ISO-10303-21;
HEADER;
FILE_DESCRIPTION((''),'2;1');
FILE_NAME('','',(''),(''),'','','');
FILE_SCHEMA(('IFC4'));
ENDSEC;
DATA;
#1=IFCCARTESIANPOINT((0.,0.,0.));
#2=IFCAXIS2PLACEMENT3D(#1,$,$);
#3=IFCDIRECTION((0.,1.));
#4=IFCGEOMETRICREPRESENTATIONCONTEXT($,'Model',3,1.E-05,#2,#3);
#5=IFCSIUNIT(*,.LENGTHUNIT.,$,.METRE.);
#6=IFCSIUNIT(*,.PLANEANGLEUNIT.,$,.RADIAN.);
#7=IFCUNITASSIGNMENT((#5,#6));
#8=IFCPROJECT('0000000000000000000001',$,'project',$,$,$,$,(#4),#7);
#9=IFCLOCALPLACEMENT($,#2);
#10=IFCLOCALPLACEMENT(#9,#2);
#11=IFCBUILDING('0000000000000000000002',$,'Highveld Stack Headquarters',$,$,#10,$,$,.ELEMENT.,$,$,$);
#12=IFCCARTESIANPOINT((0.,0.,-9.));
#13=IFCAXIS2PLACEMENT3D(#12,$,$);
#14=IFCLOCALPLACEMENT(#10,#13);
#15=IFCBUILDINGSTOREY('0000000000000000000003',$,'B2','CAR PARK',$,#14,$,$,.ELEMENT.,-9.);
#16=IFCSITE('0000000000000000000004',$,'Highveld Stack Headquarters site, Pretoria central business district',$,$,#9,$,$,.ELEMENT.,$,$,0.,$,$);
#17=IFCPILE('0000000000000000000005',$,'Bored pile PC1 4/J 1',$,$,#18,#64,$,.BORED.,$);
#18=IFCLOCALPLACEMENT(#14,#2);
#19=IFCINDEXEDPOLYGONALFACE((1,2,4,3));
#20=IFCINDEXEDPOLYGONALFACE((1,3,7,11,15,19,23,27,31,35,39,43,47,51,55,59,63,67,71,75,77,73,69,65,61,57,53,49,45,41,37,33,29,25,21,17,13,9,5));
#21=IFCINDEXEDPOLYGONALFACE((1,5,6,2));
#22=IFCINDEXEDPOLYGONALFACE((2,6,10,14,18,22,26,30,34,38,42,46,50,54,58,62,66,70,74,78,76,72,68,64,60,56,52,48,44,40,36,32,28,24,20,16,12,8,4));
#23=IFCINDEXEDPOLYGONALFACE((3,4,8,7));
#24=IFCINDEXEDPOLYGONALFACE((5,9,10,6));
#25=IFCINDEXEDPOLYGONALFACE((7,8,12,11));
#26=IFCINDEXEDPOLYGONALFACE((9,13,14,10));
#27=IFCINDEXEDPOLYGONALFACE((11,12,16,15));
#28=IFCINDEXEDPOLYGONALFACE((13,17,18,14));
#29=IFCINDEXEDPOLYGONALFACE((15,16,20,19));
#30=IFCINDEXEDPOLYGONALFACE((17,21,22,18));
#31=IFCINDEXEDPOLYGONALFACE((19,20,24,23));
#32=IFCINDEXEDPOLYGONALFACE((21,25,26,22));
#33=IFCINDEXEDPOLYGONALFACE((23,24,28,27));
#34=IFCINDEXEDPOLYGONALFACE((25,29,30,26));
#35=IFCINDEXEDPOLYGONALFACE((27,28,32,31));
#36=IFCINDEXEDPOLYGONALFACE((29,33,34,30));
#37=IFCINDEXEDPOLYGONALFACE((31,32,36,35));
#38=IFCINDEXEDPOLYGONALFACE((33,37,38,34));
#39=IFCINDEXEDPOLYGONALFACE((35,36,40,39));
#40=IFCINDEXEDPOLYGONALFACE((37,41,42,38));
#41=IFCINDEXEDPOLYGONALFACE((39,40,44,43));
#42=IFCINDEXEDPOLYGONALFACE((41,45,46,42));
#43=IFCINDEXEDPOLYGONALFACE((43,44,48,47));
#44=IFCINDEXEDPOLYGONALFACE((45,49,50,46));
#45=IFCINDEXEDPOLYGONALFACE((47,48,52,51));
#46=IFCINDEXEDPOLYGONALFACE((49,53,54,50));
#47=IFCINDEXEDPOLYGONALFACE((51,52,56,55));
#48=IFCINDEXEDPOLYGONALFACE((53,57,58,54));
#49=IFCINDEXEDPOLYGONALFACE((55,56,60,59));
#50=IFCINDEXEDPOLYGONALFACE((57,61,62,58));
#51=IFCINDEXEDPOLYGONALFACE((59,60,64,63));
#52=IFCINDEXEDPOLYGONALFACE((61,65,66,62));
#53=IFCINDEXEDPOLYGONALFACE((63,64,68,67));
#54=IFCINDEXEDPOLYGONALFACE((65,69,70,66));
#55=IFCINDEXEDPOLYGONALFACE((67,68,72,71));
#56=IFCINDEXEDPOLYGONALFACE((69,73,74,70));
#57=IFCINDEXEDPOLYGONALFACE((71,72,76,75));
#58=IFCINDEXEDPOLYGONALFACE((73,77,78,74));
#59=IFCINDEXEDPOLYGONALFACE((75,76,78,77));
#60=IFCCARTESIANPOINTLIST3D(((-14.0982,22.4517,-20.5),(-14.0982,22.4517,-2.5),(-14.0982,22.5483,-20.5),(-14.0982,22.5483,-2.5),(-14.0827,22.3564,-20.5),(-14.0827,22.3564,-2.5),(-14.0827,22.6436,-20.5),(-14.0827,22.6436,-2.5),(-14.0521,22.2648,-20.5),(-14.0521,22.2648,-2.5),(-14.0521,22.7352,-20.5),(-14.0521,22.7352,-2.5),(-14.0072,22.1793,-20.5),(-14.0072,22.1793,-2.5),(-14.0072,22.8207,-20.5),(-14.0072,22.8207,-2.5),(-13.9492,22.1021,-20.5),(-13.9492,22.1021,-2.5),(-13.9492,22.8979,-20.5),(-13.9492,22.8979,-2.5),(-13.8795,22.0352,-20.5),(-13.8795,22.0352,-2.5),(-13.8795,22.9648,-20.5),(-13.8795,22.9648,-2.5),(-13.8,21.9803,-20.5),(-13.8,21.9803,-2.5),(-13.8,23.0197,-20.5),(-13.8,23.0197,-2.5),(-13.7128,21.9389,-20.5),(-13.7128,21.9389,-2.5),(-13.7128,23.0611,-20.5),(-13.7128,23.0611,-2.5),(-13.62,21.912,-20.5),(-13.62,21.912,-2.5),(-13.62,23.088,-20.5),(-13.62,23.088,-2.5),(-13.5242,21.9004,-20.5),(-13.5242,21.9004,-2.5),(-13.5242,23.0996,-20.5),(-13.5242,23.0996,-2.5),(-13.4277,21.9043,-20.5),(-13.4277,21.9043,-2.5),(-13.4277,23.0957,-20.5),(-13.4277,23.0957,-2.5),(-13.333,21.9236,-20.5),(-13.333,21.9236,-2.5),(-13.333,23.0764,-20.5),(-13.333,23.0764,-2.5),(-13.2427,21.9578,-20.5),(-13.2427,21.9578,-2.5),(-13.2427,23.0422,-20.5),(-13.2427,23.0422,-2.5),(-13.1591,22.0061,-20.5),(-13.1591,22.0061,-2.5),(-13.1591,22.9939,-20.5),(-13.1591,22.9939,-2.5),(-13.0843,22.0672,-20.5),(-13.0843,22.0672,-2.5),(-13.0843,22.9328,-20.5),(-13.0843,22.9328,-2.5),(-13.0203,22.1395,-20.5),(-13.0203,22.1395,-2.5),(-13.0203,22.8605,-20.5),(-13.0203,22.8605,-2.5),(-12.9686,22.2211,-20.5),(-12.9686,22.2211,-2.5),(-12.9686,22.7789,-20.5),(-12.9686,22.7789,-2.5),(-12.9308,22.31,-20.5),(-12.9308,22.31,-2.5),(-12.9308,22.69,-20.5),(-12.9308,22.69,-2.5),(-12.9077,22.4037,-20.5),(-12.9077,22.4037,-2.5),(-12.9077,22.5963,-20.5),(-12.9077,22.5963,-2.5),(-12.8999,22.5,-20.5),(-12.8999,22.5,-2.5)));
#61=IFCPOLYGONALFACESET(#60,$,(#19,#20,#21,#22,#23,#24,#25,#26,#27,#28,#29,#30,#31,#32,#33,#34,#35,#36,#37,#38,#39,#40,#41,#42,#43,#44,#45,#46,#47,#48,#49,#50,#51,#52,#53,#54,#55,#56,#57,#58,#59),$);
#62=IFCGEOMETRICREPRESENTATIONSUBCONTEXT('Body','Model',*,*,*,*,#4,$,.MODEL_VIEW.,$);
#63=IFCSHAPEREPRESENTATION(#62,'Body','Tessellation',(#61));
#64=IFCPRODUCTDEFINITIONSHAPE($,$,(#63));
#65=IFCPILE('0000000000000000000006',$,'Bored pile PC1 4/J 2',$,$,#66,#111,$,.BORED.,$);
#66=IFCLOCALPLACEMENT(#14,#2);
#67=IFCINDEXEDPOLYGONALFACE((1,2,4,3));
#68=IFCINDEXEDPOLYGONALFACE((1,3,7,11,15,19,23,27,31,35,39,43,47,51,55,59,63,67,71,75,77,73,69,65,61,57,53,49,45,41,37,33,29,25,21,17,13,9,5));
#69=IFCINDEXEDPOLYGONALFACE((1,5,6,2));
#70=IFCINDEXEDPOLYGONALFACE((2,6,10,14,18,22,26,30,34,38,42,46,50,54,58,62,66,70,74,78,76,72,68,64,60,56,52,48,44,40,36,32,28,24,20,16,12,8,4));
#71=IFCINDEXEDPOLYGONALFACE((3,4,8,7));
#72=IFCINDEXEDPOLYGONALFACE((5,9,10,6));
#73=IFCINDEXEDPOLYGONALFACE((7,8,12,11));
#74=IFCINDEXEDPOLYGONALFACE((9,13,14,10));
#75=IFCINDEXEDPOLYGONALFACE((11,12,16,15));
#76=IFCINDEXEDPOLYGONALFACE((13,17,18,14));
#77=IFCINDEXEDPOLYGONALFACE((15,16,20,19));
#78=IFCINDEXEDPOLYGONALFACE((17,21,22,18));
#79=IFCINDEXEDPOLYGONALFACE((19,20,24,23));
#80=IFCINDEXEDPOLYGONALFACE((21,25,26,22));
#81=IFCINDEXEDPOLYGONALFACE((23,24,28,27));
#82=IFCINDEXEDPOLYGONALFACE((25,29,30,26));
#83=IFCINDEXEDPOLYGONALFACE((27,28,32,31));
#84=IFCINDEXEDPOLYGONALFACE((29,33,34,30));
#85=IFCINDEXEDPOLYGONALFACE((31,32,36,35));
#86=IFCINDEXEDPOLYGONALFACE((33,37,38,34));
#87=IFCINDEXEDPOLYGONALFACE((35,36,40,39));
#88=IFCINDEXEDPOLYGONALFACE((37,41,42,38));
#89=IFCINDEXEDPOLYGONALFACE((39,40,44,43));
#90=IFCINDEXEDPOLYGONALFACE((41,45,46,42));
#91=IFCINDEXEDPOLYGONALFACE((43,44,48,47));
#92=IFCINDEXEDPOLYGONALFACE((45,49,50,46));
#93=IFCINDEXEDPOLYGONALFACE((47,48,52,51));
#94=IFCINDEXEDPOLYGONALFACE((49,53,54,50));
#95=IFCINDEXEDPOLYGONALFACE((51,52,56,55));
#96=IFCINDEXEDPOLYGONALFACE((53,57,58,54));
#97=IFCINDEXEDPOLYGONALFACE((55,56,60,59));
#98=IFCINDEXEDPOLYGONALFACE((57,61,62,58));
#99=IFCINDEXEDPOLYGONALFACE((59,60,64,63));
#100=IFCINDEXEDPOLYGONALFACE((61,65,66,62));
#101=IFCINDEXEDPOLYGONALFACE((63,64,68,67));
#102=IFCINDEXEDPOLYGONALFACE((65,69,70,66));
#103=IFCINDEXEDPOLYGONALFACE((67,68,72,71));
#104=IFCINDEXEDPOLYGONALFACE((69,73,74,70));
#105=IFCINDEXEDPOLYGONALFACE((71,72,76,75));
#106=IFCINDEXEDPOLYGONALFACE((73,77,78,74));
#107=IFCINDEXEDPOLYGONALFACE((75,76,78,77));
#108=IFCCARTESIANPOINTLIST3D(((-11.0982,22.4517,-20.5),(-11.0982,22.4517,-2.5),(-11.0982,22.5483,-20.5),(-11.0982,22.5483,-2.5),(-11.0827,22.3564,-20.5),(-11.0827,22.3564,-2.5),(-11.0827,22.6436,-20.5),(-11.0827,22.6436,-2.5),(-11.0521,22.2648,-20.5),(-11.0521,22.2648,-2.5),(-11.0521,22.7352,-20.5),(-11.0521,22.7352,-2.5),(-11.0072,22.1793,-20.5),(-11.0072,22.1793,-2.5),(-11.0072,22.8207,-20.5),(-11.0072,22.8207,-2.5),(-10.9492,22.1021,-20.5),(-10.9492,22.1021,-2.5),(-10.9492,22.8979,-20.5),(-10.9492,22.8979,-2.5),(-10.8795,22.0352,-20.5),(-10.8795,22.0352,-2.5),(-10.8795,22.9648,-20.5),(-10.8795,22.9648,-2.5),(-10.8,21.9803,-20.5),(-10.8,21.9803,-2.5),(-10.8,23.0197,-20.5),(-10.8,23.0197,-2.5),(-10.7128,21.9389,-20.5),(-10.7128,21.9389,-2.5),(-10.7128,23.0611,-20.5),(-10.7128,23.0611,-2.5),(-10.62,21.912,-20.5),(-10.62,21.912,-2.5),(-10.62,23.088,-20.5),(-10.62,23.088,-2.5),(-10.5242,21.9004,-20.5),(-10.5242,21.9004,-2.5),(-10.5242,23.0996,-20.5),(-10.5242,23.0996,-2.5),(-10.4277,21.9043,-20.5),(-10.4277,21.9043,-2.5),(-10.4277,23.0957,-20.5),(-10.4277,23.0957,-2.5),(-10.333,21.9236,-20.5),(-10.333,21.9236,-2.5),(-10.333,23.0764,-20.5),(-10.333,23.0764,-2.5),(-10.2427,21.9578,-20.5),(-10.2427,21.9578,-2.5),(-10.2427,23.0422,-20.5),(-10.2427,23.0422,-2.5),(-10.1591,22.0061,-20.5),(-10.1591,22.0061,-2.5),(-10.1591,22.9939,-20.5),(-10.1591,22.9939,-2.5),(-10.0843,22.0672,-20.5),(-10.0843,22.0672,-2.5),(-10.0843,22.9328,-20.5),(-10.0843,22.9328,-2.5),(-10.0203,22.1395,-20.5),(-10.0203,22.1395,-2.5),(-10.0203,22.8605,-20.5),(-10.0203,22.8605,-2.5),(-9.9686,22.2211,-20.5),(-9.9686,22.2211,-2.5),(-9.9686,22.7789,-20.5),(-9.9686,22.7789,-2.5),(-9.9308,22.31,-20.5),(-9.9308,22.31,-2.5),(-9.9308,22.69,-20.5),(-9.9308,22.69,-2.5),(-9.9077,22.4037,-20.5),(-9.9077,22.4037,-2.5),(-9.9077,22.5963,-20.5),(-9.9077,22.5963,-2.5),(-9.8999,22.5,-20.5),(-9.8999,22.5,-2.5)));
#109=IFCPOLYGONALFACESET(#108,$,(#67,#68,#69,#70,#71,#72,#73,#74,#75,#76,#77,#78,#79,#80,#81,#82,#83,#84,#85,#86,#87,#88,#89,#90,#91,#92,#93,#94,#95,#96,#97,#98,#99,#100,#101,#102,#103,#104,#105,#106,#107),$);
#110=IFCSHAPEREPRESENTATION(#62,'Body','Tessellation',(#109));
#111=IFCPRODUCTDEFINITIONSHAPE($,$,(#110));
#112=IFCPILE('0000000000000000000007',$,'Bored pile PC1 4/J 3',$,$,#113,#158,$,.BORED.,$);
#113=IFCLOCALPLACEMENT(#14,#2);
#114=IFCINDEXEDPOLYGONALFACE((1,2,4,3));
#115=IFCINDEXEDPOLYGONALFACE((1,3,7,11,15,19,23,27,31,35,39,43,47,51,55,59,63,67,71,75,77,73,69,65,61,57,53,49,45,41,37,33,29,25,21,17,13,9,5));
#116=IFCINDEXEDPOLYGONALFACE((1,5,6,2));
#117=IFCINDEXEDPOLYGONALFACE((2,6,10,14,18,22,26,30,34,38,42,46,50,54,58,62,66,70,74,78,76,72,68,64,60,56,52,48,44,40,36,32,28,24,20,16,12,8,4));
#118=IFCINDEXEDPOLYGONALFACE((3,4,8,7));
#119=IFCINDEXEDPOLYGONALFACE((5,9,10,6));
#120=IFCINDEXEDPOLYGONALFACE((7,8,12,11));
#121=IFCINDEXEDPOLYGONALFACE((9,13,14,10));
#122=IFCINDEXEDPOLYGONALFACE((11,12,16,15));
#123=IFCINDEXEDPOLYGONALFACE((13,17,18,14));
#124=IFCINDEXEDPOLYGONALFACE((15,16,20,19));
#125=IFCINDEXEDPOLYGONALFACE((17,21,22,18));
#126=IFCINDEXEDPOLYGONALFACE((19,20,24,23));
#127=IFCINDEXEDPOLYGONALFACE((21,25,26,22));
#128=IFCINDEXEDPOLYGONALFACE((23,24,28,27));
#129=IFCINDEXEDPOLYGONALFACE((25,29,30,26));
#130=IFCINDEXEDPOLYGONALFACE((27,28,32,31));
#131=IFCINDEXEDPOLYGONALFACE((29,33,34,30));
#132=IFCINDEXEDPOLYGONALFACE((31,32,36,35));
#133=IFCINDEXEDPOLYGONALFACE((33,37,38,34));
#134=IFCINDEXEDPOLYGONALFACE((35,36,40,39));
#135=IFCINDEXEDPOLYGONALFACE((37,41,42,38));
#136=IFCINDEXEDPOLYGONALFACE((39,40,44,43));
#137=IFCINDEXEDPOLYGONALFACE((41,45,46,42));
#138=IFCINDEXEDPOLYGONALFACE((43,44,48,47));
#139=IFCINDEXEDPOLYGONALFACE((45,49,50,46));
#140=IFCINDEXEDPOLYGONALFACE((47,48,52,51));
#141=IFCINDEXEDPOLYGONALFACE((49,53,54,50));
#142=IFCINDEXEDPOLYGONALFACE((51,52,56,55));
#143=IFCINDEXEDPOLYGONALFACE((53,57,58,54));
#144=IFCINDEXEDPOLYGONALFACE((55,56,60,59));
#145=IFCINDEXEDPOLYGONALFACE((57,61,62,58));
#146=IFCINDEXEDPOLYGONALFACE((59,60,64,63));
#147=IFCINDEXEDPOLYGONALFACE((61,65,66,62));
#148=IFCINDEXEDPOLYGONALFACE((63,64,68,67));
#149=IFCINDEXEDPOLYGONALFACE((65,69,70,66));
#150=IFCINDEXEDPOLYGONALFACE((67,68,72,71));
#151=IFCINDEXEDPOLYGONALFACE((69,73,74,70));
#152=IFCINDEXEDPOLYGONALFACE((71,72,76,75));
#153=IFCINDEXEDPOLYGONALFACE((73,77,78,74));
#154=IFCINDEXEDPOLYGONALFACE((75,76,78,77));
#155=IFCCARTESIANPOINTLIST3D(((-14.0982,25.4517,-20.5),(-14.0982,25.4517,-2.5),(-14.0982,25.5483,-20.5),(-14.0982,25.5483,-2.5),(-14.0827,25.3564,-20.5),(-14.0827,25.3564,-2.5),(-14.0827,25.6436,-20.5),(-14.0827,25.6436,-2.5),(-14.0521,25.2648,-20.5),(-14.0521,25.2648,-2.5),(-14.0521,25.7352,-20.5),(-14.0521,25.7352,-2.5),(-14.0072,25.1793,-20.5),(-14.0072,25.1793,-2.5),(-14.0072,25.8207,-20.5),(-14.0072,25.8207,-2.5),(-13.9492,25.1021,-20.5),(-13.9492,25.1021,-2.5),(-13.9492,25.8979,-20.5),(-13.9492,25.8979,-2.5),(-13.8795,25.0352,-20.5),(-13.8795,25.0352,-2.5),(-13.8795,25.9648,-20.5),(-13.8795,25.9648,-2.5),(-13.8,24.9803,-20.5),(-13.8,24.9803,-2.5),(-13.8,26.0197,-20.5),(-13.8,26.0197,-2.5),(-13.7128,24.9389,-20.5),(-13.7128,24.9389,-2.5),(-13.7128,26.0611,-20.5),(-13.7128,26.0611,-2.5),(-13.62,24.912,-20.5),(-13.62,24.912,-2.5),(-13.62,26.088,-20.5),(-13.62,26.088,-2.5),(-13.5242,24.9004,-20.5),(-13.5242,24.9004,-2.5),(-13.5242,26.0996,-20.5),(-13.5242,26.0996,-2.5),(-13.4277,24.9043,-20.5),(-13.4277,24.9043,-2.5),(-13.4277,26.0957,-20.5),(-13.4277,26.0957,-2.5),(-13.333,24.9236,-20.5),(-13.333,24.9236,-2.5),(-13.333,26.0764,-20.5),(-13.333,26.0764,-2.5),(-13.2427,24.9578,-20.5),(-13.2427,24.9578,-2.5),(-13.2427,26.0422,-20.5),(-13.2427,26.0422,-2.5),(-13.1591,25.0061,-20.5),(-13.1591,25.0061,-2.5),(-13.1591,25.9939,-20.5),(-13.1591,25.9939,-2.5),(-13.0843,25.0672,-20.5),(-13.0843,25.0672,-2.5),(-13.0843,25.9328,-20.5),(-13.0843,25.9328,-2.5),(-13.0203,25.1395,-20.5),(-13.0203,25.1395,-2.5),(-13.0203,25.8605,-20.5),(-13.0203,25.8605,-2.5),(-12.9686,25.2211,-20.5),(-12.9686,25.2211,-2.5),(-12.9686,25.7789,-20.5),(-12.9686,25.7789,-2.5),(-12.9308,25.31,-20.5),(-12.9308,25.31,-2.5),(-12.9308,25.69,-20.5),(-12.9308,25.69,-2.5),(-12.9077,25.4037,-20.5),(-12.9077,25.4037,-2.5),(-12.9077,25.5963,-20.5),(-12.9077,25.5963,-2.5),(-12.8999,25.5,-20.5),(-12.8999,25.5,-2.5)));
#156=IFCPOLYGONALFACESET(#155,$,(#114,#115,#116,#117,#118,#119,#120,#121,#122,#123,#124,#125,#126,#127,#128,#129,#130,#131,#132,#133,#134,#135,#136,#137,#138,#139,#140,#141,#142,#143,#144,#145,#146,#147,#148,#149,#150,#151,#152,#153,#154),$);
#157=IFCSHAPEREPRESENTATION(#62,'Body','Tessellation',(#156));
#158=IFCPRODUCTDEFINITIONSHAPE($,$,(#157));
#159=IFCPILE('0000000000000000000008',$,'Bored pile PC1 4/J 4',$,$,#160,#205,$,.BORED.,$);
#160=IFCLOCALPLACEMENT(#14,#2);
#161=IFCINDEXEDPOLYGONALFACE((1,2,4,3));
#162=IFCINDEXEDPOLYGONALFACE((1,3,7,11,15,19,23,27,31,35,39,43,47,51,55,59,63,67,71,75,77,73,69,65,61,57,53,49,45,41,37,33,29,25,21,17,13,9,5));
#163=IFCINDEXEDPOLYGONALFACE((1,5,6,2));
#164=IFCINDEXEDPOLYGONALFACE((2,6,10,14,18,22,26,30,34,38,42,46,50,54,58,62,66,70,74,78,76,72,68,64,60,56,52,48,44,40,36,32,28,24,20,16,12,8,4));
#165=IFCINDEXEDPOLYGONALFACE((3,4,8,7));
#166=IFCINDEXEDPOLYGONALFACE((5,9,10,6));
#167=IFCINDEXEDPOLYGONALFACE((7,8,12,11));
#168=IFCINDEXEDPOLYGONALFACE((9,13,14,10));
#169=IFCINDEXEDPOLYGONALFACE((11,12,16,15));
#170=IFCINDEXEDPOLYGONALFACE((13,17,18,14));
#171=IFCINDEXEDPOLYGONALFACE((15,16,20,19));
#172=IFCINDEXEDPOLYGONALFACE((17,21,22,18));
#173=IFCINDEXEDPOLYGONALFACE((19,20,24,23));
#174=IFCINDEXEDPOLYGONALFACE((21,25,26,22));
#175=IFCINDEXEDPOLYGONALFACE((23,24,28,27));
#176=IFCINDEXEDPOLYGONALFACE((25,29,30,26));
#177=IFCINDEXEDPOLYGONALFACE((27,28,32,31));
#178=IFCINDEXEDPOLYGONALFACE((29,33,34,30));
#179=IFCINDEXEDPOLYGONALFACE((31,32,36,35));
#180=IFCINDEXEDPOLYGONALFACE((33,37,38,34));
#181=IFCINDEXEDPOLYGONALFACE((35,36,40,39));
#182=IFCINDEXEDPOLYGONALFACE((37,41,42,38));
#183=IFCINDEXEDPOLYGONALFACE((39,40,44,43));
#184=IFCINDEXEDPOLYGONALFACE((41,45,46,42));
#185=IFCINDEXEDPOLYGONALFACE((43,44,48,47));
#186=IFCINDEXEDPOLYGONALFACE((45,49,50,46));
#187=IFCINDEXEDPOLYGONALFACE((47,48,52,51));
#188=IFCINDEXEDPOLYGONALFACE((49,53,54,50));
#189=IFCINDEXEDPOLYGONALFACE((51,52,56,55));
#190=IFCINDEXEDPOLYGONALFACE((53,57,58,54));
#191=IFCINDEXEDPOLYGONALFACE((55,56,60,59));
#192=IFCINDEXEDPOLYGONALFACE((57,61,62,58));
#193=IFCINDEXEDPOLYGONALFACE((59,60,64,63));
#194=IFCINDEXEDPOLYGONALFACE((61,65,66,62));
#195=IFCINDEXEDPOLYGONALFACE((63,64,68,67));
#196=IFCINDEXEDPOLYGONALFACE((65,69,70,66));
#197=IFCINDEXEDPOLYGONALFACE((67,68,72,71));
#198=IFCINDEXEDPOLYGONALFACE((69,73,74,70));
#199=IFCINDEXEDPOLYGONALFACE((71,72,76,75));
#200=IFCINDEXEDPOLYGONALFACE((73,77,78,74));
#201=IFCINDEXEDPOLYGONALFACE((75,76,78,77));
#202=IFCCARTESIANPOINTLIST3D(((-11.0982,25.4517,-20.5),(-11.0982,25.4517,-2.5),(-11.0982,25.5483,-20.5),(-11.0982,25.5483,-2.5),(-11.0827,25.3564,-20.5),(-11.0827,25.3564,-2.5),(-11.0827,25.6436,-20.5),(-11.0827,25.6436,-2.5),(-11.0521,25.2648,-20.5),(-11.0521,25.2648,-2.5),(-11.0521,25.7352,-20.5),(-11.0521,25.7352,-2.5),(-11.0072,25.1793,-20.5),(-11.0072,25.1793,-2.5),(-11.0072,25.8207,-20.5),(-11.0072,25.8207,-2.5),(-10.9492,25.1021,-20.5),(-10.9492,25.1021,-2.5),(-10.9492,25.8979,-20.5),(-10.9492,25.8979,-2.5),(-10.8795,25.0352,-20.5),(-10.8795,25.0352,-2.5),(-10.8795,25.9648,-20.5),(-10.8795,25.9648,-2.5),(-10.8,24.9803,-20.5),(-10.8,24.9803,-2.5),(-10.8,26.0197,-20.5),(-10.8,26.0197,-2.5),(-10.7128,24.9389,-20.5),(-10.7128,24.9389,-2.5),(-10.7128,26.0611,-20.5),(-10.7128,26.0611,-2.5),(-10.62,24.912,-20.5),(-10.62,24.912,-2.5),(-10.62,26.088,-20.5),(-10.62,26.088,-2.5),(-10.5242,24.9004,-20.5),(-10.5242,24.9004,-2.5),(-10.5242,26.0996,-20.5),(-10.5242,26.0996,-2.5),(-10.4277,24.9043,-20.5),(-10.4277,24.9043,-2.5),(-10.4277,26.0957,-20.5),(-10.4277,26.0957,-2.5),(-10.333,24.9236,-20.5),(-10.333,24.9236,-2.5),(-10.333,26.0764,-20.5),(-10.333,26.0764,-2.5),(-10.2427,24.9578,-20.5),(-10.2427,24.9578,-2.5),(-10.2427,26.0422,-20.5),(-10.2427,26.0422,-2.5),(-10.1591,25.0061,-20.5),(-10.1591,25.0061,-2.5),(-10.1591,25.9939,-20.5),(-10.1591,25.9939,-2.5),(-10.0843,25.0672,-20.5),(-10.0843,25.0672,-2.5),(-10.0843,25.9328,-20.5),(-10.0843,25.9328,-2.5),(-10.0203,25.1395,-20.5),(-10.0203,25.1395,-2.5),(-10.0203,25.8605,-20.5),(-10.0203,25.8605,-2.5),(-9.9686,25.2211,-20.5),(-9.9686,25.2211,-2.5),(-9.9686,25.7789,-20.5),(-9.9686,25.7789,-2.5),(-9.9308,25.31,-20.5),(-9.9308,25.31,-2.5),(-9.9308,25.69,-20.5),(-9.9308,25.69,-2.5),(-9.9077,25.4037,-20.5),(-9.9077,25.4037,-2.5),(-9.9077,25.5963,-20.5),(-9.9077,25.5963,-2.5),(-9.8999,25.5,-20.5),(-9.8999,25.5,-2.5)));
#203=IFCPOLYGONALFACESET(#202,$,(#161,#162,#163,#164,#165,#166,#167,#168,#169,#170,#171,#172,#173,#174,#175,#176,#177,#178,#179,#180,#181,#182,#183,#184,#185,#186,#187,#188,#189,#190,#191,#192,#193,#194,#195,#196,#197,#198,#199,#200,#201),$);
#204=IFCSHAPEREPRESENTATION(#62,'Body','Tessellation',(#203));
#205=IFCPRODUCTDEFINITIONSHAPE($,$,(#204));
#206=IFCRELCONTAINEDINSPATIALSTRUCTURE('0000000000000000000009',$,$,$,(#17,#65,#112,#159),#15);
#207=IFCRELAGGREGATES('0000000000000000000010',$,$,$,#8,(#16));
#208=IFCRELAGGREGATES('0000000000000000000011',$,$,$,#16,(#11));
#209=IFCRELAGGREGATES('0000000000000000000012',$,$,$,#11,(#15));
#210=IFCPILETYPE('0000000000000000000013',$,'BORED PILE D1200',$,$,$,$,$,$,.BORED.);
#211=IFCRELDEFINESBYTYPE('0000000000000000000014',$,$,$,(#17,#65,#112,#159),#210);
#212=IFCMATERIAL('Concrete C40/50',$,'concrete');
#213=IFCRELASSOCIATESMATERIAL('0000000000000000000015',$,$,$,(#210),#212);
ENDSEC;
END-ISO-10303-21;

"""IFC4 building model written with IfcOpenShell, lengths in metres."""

from ifc_helpers import new_model, si_unit, direction, frame, origin, origin_2d, place, context, subcontext, project, spatial, circle, extrude, material, type_object, element, save


model = new_model("IFC4")

# Units and contexts
model_context = context("Model", 3, precision=1e-05, world=origin(), true_north=direction((0.0, 1.0)))
body_context = subcontext(model_context, "Body", "Model", "MODEL_VIEW")
ifc_project = project(units=[si_unit("LENGTHUNIT", "METRE"), si_unit("PLANEANGLEUNIT", "RADIAN")], contexts=[model_context])

# Site, building, storey
site_placement = place(None, origin())
site = spatial("IfcSite", under=ifc_project, at=site_placement, Name="Highveld Stack Headquarters site, Pretoria central business district", CompositionType="ELEMENT", RefElevation=0.0)
building_placement = place(site_placement, origin())
building = spatial("IfcBuilding", under=site, at=building_placement, Name="Highveld Stack Headquarters", CompositionType="ELEMENT")
storey_placement = place(building_placement, frame((0.0, 0.0, -9.0)))
storey = spatial("IfcBuildingStorey", under=building, at=storey_placement, Name="B2", Description="CAR PARK", CompositionType="ELEMENT", Elevation=-9.0)

# Piles
ifc_material_1 = material(Name="Concrete C40/50", Category="concrete")
pile_type_1 = type_object("IfcPileType", Name="BORED PILE D1200", PredefinedType="BORED", material=ifc_material_1)
for number, where, z_axis, x_axis, name in (
    (1, (-13.5, 22.5, -2.5), (0.0, 0.0, -1.0), (1.0, 0.0, 0.0), "Bored pile PC1 4/J 1"),
    (2, (-10.5, 22.5, -2.5), (0.0, 0.0, -1.0), (1.0, 0.0, 0.0), "Bored pile PC1 4/J 2"),
    (3, (-13.5, 25.5, -2.5), (0.0, 0.0, -1.0), (1.0, 0.0, 0.0), "Bored pile PC1 4/J 3"),
    (4, (-10.5, 25.5, -2.5), (0.0, 0.0, -1.0), (1.0, 0.0, 0.0), "Bored pile PC1 4/J 4"),
):
    element("IfcPile", number, at=place(storey_placement, frame(where, z_axis=z_axis, x_axis=x_axis)), inside=storey, type_object=pile_type_1, Name=name, PredefinedType="BORED", context=body_context, shape_type="SweptSolid", body=[
        extrude(circle(Radius=0.6001, at=origin_2d()), origin(), (0.0, 0.0, 1.0), 18.0),
    ])

save(model, "model.ifc")
